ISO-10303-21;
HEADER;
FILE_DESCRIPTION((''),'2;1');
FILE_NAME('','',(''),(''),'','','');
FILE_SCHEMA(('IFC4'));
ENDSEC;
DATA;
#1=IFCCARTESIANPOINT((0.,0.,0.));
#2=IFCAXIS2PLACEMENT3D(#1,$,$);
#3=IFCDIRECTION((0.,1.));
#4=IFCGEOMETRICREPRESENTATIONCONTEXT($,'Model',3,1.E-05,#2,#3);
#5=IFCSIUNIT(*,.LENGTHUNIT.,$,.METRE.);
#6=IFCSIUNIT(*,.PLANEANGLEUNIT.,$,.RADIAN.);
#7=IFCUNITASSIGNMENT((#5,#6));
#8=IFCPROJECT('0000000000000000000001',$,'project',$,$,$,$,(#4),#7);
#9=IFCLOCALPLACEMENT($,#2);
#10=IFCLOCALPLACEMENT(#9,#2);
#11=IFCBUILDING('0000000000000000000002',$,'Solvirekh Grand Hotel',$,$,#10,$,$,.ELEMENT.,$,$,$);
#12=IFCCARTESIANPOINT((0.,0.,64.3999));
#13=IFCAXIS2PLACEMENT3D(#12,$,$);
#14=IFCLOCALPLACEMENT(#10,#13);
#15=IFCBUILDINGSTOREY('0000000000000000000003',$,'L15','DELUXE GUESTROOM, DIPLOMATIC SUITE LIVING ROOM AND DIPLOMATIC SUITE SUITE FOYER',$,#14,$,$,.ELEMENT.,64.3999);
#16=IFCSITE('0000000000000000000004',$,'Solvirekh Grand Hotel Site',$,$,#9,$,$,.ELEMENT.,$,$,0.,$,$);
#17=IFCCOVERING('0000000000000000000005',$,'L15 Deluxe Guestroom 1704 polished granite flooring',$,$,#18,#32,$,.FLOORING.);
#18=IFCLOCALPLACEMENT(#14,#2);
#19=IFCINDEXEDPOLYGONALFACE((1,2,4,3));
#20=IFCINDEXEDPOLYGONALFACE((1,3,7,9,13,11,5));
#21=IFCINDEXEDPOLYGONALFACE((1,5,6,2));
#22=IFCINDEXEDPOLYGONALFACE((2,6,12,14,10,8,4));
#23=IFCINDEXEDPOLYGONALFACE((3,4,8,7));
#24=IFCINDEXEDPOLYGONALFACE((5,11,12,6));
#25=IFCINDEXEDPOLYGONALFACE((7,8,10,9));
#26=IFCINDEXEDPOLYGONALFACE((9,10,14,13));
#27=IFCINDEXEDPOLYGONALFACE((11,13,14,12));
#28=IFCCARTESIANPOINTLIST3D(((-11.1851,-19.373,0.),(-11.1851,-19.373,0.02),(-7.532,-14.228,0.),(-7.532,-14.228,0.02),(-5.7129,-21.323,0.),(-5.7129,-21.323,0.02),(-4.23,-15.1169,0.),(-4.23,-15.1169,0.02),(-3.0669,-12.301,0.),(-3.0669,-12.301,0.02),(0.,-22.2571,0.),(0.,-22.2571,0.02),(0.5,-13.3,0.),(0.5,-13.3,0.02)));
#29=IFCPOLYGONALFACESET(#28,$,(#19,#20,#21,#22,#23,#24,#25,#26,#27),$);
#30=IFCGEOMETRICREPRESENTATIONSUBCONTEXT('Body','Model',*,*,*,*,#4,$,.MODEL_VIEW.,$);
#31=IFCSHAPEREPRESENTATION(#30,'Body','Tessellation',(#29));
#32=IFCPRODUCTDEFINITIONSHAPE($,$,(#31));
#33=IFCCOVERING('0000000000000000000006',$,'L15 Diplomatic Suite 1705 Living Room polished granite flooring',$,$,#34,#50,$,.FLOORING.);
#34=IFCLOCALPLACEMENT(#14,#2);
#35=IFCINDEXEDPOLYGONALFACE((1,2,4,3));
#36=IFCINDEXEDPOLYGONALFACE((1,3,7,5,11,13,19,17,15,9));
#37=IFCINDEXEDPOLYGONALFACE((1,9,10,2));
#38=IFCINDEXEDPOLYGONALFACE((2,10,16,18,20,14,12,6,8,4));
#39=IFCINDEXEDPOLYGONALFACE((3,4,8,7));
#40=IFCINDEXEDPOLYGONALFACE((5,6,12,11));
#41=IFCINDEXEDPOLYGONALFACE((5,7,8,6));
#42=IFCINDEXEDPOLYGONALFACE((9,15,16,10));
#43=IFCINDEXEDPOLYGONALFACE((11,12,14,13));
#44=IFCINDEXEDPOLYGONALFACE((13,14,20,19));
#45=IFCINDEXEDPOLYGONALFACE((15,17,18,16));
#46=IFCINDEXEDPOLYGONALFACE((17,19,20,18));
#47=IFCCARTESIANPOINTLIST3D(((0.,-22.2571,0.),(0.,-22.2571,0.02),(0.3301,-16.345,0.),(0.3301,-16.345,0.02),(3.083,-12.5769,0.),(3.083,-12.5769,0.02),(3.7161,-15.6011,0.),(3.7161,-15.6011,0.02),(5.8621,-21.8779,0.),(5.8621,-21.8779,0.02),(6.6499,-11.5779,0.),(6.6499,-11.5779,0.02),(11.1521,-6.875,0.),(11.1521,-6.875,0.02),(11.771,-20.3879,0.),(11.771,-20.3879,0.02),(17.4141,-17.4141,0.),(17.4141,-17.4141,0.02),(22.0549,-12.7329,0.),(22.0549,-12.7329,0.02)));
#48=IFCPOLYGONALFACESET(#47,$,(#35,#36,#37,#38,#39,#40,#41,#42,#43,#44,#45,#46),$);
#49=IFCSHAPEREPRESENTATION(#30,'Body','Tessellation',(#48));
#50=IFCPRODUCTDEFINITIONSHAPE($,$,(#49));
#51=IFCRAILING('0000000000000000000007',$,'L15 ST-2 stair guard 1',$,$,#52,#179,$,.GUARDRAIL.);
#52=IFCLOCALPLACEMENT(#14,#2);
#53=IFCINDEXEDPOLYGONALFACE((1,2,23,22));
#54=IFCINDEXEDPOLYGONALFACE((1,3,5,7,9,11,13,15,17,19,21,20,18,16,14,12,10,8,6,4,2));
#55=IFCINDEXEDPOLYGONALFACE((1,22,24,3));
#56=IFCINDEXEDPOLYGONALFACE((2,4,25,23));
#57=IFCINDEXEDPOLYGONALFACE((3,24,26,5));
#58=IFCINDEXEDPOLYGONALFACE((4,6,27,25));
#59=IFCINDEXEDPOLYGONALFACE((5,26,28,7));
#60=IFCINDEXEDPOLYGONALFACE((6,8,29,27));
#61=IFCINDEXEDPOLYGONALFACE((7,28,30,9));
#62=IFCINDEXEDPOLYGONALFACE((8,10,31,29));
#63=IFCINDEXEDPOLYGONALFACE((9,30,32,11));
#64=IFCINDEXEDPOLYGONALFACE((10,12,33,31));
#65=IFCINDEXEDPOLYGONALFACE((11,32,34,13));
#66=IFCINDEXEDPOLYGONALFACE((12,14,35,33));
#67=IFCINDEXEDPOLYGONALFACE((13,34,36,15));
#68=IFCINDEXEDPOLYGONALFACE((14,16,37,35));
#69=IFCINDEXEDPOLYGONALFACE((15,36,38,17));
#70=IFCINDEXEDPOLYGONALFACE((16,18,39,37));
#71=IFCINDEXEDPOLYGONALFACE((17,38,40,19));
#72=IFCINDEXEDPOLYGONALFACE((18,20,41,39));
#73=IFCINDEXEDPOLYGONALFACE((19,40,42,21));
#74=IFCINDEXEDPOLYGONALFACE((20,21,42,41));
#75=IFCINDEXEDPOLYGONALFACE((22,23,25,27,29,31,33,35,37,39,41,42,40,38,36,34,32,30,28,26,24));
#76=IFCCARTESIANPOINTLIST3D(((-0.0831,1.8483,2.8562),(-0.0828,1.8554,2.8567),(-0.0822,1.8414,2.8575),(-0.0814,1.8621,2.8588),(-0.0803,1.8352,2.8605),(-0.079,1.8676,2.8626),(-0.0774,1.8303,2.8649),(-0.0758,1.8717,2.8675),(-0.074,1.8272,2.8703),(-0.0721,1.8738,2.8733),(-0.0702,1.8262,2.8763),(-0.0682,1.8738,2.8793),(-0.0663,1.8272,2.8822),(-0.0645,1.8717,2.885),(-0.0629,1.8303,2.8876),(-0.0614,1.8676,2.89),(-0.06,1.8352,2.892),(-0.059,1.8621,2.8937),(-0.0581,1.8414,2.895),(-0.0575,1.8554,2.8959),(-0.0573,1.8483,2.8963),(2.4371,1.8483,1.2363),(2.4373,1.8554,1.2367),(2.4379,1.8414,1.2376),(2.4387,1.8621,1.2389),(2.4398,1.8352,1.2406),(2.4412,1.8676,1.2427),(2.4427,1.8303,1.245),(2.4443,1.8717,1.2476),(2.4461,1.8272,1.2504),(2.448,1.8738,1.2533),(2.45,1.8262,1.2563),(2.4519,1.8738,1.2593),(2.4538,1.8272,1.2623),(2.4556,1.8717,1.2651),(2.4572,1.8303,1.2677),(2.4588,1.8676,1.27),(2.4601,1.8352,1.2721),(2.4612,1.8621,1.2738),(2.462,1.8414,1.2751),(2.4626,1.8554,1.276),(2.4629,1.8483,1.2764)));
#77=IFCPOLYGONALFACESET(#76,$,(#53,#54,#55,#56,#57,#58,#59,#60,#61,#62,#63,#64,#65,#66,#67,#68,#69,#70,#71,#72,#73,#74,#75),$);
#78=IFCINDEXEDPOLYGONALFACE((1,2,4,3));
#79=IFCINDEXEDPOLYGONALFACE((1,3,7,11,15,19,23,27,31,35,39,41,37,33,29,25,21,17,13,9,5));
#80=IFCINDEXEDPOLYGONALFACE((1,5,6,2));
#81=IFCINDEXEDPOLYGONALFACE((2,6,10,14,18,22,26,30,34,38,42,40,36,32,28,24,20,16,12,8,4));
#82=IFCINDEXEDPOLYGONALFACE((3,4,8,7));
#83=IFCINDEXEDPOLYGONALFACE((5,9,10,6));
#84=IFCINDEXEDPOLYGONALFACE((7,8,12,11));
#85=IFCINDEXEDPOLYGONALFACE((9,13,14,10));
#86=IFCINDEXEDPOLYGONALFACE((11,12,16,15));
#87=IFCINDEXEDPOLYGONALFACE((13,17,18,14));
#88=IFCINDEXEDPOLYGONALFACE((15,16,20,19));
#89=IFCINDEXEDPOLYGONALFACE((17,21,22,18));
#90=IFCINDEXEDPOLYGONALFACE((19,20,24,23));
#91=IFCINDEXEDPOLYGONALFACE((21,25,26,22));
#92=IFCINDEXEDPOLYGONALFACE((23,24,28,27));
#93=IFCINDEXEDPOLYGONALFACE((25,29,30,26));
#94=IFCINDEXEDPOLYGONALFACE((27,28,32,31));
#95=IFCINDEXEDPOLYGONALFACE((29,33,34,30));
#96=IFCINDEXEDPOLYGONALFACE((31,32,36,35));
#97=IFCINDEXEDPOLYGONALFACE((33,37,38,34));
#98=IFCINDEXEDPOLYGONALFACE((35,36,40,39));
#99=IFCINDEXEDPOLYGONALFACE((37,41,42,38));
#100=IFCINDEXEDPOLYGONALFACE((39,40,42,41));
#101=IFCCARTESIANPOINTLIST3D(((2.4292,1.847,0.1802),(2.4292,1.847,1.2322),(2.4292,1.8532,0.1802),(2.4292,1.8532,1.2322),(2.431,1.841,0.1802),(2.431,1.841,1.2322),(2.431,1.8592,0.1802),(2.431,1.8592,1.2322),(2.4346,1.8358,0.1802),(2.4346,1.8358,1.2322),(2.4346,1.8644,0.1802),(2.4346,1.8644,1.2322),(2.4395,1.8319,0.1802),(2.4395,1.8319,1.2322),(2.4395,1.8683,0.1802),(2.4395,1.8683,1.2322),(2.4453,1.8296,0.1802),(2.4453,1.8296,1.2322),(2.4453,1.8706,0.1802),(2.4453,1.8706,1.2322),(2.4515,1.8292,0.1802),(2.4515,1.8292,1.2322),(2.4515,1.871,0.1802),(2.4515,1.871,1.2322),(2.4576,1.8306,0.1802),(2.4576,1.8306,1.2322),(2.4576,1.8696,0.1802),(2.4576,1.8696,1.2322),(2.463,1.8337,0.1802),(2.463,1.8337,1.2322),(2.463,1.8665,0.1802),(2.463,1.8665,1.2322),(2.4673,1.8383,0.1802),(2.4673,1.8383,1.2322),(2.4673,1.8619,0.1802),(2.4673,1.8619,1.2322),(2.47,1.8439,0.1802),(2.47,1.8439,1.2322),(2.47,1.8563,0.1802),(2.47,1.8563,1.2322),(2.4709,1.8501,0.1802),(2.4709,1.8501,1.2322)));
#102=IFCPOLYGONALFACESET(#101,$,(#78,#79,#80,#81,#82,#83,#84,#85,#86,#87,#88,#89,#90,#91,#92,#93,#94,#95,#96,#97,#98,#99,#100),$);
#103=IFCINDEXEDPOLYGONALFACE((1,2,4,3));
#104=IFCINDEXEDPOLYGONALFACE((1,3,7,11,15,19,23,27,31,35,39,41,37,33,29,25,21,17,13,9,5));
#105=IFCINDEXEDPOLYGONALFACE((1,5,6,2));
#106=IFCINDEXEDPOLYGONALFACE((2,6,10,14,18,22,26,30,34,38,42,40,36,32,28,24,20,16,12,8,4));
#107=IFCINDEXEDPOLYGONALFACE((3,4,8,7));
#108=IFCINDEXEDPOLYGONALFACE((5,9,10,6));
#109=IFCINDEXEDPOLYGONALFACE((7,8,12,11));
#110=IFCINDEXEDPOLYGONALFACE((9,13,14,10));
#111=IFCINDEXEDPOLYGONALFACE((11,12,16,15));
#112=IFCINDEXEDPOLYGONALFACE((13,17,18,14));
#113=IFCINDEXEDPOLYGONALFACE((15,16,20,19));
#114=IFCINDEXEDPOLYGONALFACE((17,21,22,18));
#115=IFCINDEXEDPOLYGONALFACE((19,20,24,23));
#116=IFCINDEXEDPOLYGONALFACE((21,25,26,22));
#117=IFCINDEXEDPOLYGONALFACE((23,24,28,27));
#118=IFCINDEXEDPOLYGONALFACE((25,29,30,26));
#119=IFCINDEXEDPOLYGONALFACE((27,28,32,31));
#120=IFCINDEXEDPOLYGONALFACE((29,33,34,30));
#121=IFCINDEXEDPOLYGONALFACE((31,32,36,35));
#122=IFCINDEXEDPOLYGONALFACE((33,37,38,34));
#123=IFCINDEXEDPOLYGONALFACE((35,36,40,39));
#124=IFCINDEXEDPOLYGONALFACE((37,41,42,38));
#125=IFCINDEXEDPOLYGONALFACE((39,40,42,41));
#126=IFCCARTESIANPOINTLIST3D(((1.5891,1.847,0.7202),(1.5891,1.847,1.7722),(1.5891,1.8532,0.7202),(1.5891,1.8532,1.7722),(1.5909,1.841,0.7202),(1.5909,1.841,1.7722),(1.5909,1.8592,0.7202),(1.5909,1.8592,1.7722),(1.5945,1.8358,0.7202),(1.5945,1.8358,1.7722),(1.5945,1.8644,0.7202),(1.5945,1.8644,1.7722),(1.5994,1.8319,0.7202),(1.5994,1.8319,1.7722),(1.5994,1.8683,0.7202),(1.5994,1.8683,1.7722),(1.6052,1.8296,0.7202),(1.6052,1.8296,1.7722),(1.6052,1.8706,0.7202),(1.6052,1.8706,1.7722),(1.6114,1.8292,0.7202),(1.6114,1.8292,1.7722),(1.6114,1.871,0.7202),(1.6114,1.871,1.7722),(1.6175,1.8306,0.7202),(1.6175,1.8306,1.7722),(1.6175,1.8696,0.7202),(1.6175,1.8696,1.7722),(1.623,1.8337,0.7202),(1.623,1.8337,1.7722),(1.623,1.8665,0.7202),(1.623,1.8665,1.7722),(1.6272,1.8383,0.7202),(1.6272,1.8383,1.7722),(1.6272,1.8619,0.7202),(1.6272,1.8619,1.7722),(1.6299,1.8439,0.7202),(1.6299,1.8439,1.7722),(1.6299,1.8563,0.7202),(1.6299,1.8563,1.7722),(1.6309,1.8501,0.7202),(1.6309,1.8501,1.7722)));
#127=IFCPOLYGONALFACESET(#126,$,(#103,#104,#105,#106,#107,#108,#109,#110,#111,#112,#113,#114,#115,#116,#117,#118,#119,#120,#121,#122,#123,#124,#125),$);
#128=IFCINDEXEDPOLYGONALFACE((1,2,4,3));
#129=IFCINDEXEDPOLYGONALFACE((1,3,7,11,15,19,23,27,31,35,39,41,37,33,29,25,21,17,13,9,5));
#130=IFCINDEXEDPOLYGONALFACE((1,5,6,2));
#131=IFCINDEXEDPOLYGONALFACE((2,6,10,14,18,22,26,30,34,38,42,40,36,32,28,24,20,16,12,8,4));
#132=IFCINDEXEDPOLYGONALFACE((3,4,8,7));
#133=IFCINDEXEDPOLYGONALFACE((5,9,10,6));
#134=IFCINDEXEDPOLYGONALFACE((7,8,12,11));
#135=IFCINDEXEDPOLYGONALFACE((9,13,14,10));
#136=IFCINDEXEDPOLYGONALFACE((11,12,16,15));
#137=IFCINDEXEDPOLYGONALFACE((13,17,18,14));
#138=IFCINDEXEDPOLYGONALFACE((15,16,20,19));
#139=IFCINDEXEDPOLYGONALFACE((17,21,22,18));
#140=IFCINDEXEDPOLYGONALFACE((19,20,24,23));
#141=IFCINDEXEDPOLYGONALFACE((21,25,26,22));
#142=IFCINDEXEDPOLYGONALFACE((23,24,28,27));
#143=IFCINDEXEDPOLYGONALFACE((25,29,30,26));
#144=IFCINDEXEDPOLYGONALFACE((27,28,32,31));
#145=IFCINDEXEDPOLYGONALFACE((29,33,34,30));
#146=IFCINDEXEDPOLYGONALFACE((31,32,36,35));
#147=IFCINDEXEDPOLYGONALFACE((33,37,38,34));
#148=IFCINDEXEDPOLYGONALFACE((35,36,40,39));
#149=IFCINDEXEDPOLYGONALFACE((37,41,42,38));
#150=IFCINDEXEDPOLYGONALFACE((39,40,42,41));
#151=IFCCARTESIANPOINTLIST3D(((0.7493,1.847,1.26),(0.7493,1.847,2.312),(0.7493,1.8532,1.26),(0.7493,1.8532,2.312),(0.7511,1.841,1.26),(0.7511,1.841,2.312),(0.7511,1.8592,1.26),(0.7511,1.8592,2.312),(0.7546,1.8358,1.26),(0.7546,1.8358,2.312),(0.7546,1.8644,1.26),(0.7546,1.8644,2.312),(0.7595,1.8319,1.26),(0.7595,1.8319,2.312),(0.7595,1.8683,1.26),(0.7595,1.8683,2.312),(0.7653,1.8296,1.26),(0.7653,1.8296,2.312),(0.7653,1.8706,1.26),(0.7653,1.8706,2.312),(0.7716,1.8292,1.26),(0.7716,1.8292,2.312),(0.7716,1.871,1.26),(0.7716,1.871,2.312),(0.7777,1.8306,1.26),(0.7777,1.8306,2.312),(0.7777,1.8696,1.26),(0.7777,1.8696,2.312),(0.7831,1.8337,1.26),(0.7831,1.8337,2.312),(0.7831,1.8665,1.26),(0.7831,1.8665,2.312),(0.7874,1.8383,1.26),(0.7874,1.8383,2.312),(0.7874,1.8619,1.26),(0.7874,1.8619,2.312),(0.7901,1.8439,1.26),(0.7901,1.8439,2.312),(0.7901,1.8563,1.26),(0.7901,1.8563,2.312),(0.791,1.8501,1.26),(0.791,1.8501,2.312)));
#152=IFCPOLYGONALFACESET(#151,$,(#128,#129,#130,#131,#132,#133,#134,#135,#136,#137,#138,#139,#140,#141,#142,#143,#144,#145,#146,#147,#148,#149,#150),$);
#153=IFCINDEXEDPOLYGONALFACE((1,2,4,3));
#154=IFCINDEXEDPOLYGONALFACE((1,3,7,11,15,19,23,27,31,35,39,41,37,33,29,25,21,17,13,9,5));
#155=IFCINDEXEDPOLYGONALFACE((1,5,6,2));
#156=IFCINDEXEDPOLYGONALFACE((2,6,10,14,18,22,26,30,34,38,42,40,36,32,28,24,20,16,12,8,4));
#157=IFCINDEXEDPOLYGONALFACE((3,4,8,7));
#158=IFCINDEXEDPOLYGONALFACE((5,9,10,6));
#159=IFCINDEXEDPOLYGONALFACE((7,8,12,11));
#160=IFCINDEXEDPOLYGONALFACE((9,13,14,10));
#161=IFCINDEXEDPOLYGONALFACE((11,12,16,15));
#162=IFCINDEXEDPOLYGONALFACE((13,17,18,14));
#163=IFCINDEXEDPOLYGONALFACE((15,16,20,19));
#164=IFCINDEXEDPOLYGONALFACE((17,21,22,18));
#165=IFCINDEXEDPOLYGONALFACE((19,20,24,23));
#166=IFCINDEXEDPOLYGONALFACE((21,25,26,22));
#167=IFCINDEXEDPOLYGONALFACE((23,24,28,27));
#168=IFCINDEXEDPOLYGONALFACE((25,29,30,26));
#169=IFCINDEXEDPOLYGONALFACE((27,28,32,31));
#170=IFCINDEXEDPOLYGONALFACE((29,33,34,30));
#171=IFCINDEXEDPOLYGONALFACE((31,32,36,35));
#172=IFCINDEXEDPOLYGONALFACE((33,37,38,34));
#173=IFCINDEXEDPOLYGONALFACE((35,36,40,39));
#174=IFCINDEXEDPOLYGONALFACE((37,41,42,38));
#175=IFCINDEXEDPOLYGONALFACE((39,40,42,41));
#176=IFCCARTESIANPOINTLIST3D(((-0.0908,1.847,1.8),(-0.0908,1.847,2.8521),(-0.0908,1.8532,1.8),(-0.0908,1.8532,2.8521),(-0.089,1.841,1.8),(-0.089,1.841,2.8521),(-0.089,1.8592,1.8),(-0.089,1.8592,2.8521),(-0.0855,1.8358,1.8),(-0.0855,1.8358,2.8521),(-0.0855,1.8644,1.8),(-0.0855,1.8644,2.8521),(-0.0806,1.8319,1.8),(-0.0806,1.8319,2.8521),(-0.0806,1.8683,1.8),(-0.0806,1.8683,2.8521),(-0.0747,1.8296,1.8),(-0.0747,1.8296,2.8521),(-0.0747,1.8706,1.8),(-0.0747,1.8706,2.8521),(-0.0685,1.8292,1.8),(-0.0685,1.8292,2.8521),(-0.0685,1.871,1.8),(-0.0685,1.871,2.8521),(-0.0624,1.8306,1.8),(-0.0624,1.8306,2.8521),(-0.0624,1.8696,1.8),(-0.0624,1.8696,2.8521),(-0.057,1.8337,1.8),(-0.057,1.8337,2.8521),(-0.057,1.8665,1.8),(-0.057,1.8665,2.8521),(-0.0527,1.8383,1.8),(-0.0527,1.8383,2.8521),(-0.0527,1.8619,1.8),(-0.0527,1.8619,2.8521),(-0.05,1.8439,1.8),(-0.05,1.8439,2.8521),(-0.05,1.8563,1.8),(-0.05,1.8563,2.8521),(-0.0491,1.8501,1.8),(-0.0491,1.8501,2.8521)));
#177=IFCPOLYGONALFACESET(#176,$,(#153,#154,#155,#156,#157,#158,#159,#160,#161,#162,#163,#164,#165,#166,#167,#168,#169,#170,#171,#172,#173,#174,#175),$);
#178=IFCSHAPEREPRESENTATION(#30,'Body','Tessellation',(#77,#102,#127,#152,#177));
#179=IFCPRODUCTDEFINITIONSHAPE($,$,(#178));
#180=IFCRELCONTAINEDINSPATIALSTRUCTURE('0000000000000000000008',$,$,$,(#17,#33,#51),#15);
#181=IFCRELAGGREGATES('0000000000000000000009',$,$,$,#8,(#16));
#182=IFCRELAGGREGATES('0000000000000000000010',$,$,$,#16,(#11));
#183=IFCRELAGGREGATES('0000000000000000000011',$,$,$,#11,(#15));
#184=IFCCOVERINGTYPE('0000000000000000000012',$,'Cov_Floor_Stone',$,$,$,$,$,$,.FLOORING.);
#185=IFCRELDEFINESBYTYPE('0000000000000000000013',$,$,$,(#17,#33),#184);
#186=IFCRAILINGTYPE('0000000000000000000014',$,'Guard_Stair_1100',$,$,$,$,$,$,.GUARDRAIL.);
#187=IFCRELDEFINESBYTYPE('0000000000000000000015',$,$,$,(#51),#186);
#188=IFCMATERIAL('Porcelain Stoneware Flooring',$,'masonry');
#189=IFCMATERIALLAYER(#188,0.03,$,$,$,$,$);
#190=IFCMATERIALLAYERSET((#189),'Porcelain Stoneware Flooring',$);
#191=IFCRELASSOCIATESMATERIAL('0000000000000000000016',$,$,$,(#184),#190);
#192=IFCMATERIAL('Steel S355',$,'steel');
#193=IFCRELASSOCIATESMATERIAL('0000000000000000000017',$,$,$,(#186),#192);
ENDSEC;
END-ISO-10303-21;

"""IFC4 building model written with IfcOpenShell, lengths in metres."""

from ifc_helpers import new_model, si_unit, direction, frame, origin, origin_2d, place, context, subcontext, project, spatial, polyline, circle, outline, extrude, material, layer, layer_set, type_object, element, save


model = new_model("IFC4")

# Units and contexts
model_context = context("Model", 3, precision=1e-05, world=origin(), true_north=direction((0.0, 1.0)))
body_context = subcontext(model_context, "Body", "Model", "MODEL_VIEW")
ifc_project = project(units=[si_unit("LENGTHUNIT", "METRE"), si_unit("PLANEANGLEUNIT", "RADIAN")], contexts=[model_context])

# Site, building, storey
site_placement = place(None, origin())
site = spatial("IfcSite", under=ifc_project, at=site_placement, Name="Solvirekh Grand Hotel Site", CompositionType="ELEMENT", RefElevation=0.0)
building_placement = place(site_placement, origin())
building = spatial("IfcBuilding", under=site, at=building_placement, Name="Solvirekh Grand Hotel", CompositionType="ELEMENT")
storey_placement = place(building_placement, frame((0.0, 0.0, 64.3999)))
storey = spatial("IfcBuildingStorey", under=building, at=storey_placement, Name="L15", Description="DELUXE GUESTROOM, DIPLOMATIC SUITE LIVING ROOM AND DIPLOMATIC SUITE SUITE FOYER", CompositionType="ELEMENT", Elevation=64.3999)

# Shared definitions
ifc_material_1 = material(Name="Steel S355", Category="steel")

# Coverings
ifc_material_2 = material(Name="Porcelain Stoneware Flooring", Category="masonry")
ifc_layer_1 = layer(ifc_material_2, 0.03)
ifc_layer_set_1 = layer_set([ifc_layer_1], Name="Porcelain Stoneware Flooring")
covering_type_1 = type_object("IfcCoveringType", Name="Cov_Floor_Stone", PredefinedType="FLOORING", material=ifc_layer_set_1)
covering_1_placement = place(storey_placement, origin())
element("IfcCovering", 1, at=covering_1_placement, inside=storey, type_object=covering_type_1, Name="L15 Deluxe Guestroom 1704 polished granite flooring", PredefinedType="FLOORING", context=body_context, shape_type="SweptSolid", body=[
    extrude(outline(polyline([(-4.23, -15.1169), (-7.532, -14.228), (-11.1851, -19.373), (-5.7129, -21.323), (0.0, -22.2571), (0.5, -13.3), (-3.0669, -12.301), (-4.23, -15.1169)])), origin(), (0.0, 0.0, 1.0), 0.02),
])
covering_2_placement = place(storey_placement, origin())
element("IfcCovering", 2, at=covering_2_placement, inside=storey, type_object=covering_type_1, Name="L15 Diplomatic Suite 1705 Living Room polished granite flooring", PredefinedType="FLOORING", context=body_context, shape_type="SweptSolid", body=[
    extrude(outline(polyline([(3.7161, -15.6011), (0.3301, -16.345), (0.0, -22.2571), (5.8621, -21.8779), (11.771, -20.3879), (17.4141, -17.4141), (22.0549, -12.7329), (11.1521, -6.875), (6.6499, -11.5779), (3.083, -12.5769), (3.7161, -15.6011)])), origin(), (0.0, 0.0, 1.0), 0.02),
])

# Railing
railing_type_1 = type_object("IfcRailingType", Name="Guard_Stair_1100", PredefinedType="GUARDRAIL", material=ifc_material_1)
railing_1_placement = place(storey_placement, frame((2.45, 1.8501, 0.1802)))
element("IfcRailing", 3, at=railing_1_placement, inside=storey, type_object=railing_type_1, Name="L15 ST-2 stair guard 1", PredefinedType="GUARDRAIL", context=body_context, shape_type="SweptSolid", body=[
    extrude(circle(Radius=0.0239, at=origin_2d()), frame((0.0, 0.0, 1.0762), z_axis=(-0.8412, 0.0, 0.540725), x_axis=(0.0, -1.0, 0.0)), (0.0, 0.0, 1.0), 2.9958),
    extrude(circle(Radius=0.021, at=origin_2d()), origin(), (0.0, 0.0, 1.0), 1.052),
    extrude(circle(Radius=0.021, at=origin_2d()), frame((-0.8401, 0.0, 0.54)), (0.0, 0.0, 1.0), 1.052),
    extrude(circle(Radius=0.021, at=origin_2d()), frame((-1.6799, 0.0, 1.0798)), (0.0, 0.0, 1.0), 1.052),
    extrude(circle(Radius=0.021, at=origin_2d()), frame((-2.52, 0.0, 1.6199)), (0.0, 0.0, 1.0), 1.052),
])

save(model, "model.ifc")
